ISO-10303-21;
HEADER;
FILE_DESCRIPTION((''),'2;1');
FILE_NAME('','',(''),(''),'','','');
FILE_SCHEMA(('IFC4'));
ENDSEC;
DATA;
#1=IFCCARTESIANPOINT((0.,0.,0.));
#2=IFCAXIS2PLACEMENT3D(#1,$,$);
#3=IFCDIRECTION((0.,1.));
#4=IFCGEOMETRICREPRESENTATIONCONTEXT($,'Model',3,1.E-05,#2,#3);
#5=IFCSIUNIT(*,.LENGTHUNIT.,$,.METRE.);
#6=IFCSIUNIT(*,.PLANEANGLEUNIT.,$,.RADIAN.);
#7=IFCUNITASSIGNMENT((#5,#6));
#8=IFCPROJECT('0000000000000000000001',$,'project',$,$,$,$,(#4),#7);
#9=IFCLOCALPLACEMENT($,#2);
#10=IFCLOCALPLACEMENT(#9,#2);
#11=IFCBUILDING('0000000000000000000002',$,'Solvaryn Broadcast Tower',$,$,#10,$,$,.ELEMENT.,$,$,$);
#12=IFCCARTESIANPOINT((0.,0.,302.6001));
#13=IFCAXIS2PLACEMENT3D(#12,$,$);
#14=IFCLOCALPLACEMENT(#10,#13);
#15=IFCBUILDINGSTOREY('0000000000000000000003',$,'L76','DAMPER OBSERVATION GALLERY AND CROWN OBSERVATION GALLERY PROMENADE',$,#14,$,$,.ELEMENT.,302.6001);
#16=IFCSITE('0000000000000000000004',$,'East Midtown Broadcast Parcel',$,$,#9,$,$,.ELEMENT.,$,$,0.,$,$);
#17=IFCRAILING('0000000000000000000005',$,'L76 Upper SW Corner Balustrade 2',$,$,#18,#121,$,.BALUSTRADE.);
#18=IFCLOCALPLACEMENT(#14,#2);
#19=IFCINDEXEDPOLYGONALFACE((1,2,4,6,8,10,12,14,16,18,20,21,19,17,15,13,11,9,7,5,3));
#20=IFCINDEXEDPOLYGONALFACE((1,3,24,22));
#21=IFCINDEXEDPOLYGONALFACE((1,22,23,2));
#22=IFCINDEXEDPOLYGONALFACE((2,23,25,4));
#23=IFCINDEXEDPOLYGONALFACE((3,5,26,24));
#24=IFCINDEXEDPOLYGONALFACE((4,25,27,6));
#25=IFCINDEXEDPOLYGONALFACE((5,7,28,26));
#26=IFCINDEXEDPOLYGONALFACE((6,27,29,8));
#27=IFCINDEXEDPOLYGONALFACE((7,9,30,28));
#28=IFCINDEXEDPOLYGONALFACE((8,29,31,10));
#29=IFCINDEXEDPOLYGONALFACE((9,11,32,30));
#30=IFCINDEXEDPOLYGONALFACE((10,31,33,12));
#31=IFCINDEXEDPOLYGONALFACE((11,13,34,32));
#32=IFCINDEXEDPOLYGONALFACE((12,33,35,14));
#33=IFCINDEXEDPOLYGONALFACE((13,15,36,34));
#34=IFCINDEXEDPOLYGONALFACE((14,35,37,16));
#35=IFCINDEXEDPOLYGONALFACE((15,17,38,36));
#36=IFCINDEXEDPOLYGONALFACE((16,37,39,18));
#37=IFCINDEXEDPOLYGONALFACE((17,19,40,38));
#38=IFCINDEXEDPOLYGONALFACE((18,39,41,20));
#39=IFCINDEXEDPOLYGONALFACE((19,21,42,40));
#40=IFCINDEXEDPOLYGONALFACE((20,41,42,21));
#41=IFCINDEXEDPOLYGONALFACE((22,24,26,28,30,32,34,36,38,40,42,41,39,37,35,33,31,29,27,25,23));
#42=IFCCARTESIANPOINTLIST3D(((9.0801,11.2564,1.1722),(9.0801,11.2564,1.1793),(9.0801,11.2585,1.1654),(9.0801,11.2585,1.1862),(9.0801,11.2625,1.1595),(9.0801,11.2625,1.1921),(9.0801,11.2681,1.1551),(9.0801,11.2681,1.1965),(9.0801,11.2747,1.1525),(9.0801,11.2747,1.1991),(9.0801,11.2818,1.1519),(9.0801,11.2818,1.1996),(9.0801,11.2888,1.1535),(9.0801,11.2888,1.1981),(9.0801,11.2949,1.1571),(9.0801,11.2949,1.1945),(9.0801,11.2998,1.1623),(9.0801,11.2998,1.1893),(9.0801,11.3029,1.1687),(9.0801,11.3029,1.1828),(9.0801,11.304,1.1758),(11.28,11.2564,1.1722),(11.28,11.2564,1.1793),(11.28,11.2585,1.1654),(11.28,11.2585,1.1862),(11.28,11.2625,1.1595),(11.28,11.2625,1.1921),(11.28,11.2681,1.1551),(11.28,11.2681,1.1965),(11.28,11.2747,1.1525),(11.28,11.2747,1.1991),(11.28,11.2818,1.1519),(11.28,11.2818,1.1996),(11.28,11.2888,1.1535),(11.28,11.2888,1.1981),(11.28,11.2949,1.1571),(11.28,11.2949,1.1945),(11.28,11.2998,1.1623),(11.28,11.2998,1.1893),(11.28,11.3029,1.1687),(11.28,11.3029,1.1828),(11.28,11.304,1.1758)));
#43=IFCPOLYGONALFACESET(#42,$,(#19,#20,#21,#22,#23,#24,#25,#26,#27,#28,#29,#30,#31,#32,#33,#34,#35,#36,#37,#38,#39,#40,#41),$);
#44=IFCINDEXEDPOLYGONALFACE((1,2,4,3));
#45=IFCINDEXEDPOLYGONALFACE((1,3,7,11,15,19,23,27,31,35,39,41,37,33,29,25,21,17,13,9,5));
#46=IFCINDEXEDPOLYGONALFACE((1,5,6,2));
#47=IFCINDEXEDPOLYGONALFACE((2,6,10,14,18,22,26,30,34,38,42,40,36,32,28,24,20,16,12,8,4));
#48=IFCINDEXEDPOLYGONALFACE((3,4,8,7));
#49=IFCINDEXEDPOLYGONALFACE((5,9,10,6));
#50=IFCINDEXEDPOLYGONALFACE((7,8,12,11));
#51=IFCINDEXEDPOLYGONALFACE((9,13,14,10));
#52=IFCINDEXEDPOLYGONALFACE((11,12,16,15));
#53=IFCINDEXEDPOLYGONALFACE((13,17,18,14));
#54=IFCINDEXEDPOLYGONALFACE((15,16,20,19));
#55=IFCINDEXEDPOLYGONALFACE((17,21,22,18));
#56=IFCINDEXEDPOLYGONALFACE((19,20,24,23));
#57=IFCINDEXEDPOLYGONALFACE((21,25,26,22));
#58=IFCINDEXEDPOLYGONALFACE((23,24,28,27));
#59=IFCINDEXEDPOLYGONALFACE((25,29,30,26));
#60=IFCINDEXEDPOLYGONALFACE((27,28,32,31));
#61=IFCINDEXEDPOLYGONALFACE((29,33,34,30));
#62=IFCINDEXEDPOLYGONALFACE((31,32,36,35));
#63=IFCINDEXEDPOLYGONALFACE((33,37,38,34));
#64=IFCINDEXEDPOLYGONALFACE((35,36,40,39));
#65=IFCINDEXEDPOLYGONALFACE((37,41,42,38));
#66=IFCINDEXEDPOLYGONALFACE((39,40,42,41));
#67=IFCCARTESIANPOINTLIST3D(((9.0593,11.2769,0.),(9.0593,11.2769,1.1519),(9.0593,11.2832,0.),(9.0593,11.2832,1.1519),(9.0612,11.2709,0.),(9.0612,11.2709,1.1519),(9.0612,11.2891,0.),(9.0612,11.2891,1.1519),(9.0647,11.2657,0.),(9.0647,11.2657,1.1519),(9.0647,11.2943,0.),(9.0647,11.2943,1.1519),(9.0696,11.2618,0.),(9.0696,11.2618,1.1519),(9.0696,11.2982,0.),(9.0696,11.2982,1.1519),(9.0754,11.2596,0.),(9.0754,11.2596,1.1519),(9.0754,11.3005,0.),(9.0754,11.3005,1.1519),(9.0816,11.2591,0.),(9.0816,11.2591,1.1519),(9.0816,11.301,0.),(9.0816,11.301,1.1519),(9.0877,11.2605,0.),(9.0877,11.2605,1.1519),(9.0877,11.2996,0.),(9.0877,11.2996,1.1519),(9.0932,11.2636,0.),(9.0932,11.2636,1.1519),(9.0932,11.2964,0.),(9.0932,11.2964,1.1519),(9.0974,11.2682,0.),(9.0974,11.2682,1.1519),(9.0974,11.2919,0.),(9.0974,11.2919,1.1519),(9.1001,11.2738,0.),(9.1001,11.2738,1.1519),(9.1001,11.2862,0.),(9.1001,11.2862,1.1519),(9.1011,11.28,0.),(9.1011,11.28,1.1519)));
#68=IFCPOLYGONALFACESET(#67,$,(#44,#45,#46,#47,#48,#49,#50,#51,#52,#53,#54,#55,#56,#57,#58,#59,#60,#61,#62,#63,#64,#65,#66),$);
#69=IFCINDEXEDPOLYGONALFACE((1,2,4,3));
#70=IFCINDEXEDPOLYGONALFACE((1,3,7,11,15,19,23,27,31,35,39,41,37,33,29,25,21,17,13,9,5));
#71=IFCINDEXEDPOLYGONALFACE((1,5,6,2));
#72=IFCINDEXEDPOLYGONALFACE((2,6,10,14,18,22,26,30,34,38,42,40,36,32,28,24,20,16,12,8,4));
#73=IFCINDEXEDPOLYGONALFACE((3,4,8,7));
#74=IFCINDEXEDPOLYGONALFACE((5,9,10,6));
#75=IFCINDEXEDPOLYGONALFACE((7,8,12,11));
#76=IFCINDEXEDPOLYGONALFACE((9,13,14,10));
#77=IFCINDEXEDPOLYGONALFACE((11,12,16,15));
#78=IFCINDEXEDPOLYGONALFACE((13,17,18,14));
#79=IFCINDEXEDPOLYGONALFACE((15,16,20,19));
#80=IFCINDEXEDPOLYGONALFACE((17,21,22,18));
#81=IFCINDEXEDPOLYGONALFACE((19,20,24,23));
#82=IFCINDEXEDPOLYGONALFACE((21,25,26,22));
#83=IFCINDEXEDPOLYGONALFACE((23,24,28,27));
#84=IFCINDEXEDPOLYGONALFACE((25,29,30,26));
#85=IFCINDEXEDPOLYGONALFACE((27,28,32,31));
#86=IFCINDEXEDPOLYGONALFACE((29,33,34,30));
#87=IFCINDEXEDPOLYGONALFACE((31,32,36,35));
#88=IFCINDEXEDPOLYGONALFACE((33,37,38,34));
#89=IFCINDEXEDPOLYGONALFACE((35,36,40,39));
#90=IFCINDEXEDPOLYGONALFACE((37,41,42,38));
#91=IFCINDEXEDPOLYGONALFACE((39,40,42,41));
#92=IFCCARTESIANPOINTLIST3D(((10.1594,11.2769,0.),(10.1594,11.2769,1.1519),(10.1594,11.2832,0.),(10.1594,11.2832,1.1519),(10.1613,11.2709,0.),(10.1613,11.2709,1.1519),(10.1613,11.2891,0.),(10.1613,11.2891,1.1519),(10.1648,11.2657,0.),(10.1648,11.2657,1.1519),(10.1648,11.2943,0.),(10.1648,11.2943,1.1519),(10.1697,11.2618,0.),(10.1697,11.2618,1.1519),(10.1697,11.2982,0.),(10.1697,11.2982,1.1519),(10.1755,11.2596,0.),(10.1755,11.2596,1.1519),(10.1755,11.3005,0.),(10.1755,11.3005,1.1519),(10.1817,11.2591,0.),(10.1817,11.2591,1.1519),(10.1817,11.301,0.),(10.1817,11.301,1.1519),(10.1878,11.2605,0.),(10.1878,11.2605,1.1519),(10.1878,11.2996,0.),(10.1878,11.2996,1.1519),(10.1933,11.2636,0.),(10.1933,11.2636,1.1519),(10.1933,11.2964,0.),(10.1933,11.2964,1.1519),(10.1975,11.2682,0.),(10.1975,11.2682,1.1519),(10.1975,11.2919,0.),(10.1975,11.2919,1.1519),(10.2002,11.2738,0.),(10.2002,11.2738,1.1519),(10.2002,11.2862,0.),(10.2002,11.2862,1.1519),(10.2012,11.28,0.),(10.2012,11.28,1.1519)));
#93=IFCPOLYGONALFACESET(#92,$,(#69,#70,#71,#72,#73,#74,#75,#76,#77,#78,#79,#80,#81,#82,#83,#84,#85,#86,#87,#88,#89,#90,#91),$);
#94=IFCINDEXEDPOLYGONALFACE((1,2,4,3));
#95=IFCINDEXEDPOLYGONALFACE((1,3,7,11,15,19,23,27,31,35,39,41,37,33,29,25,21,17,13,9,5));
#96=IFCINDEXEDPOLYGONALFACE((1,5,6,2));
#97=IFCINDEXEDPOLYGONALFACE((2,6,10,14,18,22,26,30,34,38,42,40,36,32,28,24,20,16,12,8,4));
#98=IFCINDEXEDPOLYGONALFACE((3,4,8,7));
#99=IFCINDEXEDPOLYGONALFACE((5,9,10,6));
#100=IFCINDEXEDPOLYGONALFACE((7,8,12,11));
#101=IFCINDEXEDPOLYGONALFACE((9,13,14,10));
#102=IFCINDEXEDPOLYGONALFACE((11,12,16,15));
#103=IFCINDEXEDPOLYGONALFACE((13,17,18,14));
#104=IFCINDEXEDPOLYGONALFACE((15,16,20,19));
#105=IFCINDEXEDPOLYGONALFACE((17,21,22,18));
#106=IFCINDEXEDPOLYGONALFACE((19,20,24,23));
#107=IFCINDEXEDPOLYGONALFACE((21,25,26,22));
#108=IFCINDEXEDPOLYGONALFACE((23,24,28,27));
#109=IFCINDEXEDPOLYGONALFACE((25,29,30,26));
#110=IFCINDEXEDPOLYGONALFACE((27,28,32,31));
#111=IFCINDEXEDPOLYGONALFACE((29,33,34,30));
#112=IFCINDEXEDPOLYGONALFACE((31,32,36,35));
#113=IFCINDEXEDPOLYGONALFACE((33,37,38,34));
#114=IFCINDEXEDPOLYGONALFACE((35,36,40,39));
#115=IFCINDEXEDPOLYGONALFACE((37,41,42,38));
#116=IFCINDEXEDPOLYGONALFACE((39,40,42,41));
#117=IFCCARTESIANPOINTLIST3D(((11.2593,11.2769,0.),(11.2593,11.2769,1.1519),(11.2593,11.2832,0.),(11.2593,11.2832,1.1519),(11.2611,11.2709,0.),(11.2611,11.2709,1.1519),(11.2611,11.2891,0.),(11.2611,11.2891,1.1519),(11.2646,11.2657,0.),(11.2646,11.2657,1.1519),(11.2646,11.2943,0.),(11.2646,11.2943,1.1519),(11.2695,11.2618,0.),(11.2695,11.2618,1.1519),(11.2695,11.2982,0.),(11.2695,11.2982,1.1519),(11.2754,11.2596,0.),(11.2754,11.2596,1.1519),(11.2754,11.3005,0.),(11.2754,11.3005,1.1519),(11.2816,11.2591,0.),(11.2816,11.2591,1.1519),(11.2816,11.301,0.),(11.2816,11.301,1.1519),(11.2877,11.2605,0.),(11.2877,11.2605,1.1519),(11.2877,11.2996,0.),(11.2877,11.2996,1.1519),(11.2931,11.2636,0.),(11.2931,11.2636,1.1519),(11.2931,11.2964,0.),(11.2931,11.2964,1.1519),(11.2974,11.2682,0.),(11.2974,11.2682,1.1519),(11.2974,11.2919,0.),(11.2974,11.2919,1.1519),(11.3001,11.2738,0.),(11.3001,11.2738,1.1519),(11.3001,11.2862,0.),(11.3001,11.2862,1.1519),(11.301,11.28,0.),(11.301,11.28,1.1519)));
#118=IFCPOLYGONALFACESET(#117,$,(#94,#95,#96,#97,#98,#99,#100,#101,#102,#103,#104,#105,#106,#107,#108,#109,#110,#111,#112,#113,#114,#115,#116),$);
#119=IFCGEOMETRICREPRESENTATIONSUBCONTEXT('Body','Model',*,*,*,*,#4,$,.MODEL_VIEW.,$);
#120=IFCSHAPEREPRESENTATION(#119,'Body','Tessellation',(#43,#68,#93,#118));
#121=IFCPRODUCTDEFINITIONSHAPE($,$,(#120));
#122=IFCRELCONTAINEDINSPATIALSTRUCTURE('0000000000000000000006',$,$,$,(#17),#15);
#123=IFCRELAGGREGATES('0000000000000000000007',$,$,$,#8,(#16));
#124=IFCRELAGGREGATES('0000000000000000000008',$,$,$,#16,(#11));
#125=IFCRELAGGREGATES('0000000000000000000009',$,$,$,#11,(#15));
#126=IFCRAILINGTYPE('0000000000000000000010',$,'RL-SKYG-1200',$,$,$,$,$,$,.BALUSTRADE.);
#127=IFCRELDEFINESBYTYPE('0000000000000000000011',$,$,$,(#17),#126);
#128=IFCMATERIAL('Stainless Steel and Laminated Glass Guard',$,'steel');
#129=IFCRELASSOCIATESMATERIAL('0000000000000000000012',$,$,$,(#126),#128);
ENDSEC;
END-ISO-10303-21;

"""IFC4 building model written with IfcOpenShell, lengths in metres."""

from ifc_helpers import new_model, si_unit, direction, frame, origin, origin_2d, place, context, subcontext, project, spatial, circle, extrude, material, type_object, element, save


model = new_model("IFC4")

# Units and contexts
model_context = context("Model", 3, precision=1e-05, world=origin(), true_north=direction((0.0, 1.0)))
body_context = subcontext(model_context, "Body", "Model", "MODEL_VIEW")
ifc_project = project(units=[si_unit("LENGTHUNIT", "METRE"), si_unit("PLANEANGLEUNIT", "RADIAN")], contexts=[model_context])

# Site, building, storey
site_placement = place(None, origin())
site = spatial("IfcSite", under=ifc_project, at=site_placement, Name="East Midtown Broadcast Parcel", CompositionType="ELEMENT", RefElevation=0.0)
building_placement = place(site_placement, origin())
building = spatial("IfcBuilding", under=site, at=building_placement, Name="Solvaryn Broadcast Tower", CompositionType="ELEMENT")
storey_placement = place(building_placement, frame((0.0, 0.0, 302.6001)))
storey = spatial("IfcBuildingStorey", under=building, at=storey_placement, Name="L76", Description="DAMPER OBSERVATION GALLERY AND CROWN OBSERVATION GALLERY PROMENADE", CompositionType="ELEMENT", Elevation=302.6001)

# Railing
ifc_material_1 = material(Name="Stainless Steel and Laminated Glass Guard", Category="steel")
railing_type = type_object("IfcRailingType", Name="RL-SKYG-1200", PredefinedType="BALUSTRADE", material=ifc_material_1)
railing_1_placement = place(storey_placement, frame((9.0801, 11.28, 0.0)))
element("IfcRailing", 1, at=railing_1_placement, inside=storey, type_object=railing_type, Name="L76 Upper SW Corner Balustrade 2", PredefinedType="BALUSTRADE", context=body_context, shape_type="SweptSolid", body=[
    extrude(circle(Radius=0.0239, at=origin_2d()), frame((0.0, 0.0, 1.1758), z_axis=(1.0, 0.0, 0.0), x_axis=(0.0, 1.0, 0.0)), (0.0, 0.0, 1.0), 2.2),
    extrude(circle(Radius=0.021, at=origin_2d()), origin(), (0.0, 0.0, 1.0), 1.1519),
    extrude(circle(Radius=0.021, at=origin_2d()), frame((1.1001, 0.0, 0.0)), (0.0, 0.0, 1.0), 1.1519),
    extrude(circle(Radius=0.021, at=origin_2d()), frame((2.2, 0.0, 0.0)), (0.0, 0.0, 1.0), 1.1519),
])

save(model, "model.ifc")
